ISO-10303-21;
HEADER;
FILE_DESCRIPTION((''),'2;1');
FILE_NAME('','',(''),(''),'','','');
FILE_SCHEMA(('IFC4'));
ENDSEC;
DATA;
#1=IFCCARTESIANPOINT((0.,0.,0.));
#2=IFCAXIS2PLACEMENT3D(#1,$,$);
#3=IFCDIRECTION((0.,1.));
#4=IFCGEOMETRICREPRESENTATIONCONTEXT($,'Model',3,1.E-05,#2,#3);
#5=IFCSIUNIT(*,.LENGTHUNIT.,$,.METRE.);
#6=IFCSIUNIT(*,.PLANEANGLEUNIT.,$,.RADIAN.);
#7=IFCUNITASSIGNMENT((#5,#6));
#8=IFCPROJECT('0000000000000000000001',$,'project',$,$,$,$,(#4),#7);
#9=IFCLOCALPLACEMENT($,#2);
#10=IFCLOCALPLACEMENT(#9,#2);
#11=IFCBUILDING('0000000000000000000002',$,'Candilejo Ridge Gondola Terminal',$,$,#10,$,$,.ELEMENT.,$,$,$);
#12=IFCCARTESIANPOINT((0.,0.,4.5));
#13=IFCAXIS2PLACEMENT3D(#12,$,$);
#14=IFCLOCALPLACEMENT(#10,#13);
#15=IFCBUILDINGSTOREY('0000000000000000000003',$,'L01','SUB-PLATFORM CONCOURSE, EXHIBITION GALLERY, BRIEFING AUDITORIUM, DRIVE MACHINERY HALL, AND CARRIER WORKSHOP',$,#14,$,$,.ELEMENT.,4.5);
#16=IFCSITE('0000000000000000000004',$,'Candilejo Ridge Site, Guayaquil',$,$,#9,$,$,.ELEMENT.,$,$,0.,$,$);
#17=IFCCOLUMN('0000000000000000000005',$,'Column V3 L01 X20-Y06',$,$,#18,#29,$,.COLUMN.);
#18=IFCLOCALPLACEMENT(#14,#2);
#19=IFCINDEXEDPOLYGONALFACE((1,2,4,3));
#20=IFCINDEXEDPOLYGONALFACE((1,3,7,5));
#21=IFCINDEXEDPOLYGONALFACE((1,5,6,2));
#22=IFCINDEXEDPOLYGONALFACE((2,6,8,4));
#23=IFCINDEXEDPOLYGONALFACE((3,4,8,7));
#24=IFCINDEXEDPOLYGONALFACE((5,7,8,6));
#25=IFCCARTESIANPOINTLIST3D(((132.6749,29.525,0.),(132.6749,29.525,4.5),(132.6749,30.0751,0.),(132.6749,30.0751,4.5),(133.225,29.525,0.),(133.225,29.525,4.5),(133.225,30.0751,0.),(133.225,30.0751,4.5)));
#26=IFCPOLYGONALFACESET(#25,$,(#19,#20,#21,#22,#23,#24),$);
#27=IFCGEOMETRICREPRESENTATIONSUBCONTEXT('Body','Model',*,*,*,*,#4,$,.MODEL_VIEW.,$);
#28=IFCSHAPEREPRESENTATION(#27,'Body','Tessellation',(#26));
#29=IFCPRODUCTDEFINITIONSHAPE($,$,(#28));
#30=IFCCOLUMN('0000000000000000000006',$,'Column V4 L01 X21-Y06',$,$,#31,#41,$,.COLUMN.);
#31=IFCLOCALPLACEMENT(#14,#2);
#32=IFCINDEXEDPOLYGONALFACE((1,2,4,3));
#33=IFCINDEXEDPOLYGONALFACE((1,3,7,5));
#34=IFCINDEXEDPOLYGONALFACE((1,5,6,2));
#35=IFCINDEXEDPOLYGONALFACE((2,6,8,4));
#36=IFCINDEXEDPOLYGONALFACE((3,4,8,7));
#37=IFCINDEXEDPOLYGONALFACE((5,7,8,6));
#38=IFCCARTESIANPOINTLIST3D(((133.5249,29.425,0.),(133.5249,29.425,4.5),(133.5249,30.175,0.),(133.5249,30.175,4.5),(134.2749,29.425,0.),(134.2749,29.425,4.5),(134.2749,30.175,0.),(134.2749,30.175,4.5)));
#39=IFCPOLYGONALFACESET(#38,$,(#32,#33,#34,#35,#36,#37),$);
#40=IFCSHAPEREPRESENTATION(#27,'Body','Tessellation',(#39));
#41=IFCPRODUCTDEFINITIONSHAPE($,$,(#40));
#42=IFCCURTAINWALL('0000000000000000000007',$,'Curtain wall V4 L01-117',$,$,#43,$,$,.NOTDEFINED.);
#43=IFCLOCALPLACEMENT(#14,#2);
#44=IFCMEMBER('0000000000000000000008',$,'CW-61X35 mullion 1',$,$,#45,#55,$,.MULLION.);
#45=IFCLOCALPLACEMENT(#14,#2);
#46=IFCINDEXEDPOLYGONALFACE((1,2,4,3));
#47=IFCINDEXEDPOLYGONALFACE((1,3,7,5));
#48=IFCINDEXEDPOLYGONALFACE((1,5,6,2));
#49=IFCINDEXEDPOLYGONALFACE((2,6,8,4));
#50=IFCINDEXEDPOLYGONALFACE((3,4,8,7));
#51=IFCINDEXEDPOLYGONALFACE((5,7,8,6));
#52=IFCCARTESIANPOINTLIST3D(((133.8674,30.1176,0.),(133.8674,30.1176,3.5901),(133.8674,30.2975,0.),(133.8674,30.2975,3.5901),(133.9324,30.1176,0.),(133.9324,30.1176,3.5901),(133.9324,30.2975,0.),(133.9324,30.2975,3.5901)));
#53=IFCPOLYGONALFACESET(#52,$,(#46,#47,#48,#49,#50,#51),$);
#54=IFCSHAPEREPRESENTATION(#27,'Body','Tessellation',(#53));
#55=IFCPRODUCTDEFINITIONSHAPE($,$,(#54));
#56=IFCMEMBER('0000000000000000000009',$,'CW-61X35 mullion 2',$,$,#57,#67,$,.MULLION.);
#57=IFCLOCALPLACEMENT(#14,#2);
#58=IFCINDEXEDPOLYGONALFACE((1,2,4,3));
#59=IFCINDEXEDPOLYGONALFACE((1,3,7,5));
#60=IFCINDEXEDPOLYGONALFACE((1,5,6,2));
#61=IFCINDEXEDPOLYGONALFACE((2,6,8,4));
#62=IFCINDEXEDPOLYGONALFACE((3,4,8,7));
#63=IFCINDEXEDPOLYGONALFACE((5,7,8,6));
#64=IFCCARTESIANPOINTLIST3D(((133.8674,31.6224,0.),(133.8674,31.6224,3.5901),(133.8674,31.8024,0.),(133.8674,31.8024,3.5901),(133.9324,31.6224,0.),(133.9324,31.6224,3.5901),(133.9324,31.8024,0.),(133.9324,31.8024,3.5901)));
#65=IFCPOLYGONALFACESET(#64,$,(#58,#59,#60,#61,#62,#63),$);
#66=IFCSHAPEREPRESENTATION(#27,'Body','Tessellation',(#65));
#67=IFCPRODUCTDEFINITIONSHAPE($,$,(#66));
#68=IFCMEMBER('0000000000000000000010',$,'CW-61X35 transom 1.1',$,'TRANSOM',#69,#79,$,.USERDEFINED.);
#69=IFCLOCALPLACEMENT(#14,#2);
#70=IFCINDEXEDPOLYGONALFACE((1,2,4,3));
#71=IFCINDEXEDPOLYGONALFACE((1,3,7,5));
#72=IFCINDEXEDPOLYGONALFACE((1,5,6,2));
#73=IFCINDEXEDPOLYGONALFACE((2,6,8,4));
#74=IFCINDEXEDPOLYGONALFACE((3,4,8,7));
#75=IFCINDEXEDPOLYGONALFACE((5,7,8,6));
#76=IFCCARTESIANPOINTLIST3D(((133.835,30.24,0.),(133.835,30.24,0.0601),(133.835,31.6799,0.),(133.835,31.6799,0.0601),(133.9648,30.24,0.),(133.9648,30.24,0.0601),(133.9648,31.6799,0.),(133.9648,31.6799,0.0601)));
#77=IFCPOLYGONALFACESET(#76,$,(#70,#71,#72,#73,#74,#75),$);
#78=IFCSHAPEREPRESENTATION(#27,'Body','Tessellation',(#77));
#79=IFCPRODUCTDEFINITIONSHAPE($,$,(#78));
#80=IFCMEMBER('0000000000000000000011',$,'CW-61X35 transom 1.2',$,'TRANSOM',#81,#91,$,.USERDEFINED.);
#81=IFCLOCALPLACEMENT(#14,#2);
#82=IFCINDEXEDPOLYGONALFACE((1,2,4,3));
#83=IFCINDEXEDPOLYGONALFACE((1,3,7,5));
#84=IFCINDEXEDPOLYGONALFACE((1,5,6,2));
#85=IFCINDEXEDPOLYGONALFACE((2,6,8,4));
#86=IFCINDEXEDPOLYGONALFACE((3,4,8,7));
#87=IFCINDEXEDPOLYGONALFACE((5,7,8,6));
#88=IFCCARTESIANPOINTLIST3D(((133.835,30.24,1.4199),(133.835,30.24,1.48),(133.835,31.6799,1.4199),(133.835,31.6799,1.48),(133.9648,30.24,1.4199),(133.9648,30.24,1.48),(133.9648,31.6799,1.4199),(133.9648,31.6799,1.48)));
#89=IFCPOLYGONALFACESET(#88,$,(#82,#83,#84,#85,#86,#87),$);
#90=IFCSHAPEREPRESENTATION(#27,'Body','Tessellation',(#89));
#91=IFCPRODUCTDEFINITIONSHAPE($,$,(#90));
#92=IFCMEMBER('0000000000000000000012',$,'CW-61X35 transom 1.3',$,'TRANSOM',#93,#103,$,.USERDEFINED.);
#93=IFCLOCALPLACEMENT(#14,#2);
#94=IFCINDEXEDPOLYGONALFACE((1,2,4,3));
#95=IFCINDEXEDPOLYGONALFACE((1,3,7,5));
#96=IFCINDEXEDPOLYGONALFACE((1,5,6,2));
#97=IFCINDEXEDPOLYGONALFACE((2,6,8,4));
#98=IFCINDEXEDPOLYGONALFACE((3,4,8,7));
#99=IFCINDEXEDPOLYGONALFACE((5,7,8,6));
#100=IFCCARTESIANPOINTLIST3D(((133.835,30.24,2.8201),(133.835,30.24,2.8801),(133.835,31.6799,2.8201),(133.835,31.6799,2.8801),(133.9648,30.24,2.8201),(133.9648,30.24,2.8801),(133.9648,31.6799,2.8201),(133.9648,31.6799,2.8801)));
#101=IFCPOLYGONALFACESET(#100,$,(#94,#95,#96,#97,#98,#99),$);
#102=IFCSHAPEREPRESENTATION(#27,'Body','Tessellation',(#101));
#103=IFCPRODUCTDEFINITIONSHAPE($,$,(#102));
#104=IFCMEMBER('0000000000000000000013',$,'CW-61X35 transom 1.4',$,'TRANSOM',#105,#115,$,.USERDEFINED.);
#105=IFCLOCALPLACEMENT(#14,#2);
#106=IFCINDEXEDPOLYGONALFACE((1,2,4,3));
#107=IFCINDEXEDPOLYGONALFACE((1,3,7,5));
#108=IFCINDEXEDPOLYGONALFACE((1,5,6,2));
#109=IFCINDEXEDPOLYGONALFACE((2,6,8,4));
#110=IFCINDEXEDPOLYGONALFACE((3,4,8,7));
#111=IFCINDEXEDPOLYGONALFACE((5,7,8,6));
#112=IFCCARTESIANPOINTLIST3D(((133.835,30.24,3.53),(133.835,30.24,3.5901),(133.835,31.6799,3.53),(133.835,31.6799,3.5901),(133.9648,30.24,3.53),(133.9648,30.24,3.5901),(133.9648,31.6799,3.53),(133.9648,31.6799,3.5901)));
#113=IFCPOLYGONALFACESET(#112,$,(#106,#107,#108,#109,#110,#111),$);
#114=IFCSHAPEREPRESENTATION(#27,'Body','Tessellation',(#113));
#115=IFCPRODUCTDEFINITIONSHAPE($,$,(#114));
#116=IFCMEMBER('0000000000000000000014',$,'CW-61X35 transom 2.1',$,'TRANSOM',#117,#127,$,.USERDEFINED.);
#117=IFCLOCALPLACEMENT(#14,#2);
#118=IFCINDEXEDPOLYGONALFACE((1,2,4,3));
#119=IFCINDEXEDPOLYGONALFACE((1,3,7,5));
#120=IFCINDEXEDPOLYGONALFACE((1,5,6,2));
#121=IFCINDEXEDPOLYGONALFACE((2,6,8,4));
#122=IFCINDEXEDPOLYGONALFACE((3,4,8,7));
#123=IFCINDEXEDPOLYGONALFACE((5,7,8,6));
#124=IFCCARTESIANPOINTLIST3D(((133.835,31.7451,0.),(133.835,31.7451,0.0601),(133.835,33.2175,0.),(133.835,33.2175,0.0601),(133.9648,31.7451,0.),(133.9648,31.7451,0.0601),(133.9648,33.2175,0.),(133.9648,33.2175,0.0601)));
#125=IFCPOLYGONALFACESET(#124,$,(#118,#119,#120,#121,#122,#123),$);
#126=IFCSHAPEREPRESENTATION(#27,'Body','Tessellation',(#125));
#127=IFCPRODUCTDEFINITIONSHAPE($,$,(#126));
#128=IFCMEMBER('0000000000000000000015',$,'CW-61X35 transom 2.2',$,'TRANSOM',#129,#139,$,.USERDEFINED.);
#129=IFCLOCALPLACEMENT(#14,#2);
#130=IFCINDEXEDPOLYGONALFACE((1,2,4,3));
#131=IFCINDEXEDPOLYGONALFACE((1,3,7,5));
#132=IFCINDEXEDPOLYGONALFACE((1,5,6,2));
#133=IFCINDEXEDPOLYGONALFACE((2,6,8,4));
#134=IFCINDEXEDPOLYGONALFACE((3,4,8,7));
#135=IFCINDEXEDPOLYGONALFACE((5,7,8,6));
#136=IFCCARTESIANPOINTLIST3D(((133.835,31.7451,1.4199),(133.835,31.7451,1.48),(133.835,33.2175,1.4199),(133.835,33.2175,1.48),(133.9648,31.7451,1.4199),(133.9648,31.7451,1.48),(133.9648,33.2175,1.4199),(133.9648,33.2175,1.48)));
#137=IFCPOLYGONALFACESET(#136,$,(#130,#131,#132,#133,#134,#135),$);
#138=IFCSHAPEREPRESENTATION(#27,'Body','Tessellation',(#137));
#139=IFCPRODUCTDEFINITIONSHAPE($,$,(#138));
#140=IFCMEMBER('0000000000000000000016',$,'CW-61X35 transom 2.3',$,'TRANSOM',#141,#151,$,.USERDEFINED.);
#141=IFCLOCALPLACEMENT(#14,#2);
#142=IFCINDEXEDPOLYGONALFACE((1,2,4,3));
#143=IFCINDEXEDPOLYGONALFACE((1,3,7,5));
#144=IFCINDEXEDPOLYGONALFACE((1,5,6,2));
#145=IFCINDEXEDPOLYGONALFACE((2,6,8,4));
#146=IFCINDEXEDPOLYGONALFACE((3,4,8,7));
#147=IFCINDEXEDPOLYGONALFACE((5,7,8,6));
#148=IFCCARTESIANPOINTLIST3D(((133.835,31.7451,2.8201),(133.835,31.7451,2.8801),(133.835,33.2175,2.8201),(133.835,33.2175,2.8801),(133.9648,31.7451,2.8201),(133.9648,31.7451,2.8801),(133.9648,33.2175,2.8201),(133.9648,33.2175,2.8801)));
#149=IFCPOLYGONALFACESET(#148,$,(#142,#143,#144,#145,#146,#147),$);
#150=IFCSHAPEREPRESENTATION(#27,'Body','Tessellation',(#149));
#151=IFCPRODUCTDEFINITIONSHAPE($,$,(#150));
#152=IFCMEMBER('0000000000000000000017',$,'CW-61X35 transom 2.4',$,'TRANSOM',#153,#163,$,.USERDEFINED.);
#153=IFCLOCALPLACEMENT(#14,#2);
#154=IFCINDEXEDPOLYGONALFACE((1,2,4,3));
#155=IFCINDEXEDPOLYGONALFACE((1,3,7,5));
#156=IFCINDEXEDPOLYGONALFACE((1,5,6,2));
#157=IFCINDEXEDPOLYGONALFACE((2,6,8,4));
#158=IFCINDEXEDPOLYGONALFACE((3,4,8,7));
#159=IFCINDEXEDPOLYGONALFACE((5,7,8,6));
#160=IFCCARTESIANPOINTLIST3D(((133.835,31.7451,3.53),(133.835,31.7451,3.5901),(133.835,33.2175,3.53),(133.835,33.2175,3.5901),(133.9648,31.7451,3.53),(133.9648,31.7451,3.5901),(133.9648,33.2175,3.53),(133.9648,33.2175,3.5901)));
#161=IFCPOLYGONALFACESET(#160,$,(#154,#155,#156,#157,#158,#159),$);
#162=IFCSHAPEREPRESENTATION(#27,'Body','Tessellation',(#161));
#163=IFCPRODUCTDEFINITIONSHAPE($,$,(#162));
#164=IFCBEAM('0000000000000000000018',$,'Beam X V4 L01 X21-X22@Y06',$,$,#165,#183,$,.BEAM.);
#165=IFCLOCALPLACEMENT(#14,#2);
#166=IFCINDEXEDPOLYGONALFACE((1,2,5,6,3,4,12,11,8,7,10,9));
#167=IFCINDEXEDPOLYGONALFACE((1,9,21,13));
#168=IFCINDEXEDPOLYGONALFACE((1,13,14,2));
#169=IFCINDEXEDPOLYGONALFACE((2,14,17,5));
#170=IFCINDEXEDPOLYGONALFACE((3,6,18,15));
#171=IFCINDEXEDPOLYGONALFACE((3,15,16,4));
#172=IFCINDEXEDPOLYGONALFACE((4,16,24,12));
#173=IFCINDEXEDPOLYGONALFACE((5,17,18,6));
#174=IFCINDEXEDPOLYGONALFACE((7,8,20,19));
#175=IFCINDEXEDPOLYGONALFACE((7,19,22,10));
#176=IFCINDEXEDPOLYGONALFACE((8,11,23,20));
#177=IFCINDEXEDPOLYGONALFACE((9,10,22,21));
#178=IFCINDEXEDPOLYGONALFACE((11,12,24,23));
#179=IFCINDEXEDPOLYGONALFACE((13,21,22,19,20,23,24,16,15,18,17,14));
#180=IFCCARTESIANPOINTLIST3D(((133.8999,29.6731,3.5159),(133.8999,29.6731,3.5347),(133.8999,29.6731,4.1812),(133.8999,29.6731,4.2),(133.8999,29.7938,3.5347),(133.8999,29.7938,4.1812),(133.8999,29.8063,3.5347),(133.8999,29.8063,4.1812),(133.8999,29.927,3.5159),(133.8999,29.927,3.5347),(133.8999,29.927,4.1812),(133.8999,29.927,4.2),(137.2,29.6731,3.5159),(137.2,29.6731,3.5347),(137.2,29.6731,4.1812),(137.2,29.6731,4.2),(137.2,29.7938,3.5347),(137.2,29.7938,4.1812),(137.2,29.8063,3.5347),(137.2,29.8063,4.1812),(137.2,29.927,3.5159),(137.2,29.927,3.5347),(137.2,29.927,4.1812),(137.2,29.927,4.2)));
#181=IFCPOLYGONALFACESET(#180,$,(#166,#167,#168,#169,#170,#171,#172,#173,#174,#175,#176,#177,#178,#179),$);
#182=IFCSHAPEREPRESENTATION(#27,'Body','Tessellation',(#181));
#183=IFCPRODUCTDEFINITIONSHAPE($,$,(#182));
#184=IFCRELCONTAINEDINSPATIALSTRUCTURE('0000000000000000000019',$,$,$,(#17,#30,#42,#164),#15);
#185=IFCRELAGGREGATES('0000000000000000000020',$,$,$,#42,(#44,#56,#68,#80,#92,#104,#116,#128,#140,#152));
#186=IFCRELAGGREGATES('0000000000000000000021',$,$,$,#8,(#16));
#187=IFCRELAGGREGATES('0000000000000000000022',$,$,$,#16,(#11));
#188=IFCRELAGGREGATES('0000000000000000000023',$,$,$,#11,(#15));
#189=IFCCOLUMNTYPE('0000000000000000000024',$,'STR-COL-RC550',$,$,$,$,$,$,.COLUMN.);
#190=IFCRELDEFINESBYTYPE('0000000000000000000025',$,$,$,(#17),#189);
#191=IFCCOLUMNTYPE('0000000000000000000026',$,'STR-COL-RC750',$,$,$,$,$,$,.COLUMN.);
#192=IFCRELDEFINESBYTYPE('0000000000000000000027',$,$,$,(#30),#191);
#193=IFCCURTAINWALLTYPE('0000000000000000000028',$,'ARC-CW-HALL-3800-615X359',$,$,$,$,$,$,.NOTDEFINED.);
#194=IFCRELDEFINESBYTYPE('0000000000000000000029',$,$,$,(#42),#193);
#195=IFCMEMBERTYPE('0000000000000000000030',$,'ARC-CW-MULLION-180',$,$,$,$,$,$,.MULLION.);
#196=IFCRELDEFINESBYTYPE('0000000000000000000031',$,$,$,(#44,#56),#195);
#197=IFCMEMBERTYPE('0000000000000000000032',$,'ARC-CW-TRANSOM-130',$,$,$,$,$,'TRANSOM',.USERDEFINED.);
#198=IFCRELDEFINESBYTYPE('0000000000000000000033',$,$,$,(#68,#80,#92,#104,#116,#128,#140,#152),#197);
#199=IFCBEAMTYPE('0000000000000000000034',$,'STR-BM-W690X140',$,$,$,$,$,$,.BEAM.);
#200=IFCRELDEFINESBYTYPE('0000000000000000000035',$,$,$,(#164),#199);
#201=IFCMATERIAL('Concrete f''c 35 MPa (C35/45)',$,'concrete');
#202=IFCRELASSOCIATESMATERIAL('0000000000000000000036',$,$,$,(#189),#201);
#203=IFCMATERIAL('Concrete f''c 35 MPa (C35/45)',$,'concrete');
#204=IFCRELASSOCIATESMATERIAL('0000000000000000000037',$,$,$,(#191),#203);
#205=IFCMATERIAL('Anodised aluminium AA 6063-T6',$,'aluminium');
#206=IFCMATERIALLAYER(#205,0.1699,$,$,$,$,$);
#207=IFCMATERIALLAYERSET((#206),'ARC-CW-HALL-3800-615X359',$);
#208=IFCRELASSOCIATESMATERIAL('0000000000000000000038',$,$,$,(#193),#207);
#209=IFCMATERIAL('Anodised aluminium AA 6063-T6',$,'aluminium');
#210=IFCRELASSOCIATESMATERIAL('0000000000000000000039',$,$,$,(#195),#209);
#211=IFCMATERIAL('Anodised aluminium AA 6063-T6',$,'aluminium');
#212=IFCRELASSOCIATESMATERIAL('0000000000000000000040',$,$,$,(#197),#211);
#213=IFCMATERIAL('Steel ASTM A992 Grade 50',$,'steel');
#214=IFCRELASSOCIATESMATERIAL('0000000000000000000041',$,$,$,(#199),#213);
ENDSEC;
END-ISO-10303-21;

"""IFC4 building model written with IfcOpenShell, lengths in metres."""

from ifc_helpers import new_model, si_unit, direction, frame, origin, origin_2d, place, context, subcontext, project, spatial, rectangle, i_section, extrude, material, layer, layer_set, material_profile, profile_set, type_object, element, aggregate, save


model = new_model("IFC4")

# Units and contexts
model_context = context("Model", 3, precision=1e-05, world=origin(), true_north=direction((0.0, 1.0)))
body_context = subcontext(model_context, "Body", "Model", "MODEL_VIEW")
ifc_project = project(units=[si_unit("LENGTHUNIT", "METRE"), si_unit("PLANEANGLEUNIT", "RADIAN")], contexts=[model_context])

# Site, building, storey
site_placement = place(None, origin())
site = spatial("IfcSite", under=ifc_project, at=site_placement, Name="Candilejo Ridge Site, Guayaquil", CompositionType="ELEMENT", RefElevation=0.0)
building_placement = place(site_placement, origin())
building = spatial("IfcBuilding", under=site, at=building_placement, Name="Candilejo Ridge Gondola Terminal", CompositionType="ELEMENT")
storey_placement = place(building_placement, frame((0.0, 0.0, 4.5)))
storey = spatial("IfcBuildingStorey", under=building, at=storey_placement, Name="L01", Description="SUB-PLATFORM CONCOURSE, EXHIBITION GALLERY, BRIEFING AUDITORIUM, DRIVE MACHINERY HALL, AND CARRIER WORKSHOP", CompositionType="ELEMENT", Elevation=4.5)

# Columns
ifc_material_1 = material(Name="Concrete f'c 35 MPa (C35/45)", Category="concrete")
ifc_material_profile_1 = material_profile(ifc_material_1, rectangle(XDim=0.55, YDim=0.55, at=origin_2d()))
ifc_profile_set_1 = profile_set([ifc_material_profile_1], Name="Concrete f'c 35 MPa (C35/45)")
column_type_1 = type_object("IfcColumnType", Name="STR-COL-RC550", PredefinedType="COLUMN", material=ifc_profile_set_1)
column_1_placement = place(storey_placement, frame((132.95, 29.8, 0.0), z_axis=(0.0, 0.0, 1.0), x_axis=(1.0, 0.0, 0.0)))
element("IfcColumn", 1, at=column_1_placement, inside=storey, type_object=column_type_1, Name="Column V3 L01 X20-Y06", PredefinedType="COLUMN", context=body_context, shape_type="SweptSolid", body=[
    extrude(rectangle(XDim=0.55, YDim=0.55, at=origin_2d()), origin(), (0.0, 0.0, 1.0), 4.5),
])
ifc_material_2 = material(Name="Concrete f'c 35 MPa (C35/45)", Category="concrete")
ifc_material_profile_2 = material_profile(ifc_material_2, rectangle(XDim=0.75, YDim=0.75, at=origin_2d()))
ifc_profile_set_2 = profile_set([ifc_material_profile_2], Name="Concrete f'c 35 MPa (C35/45)")
column_type_2 = type_object("IfcColumnType", Name="STR-COL-RC750", PredefinedType="COLUMN", material=ifc_profile_set_2)
column_2_placement = place(storey_placement, frame((133.8999, 29.8, 0.0), z_axis=(0.0, 0.0, 1.0), x_axis=(1.0, 0.0, 0.0)))
element("IfcColumn", 2, at=column_2_placement, inside=storey, type_object=column_type_2, Name="Column V4 L01 X21-Y06", PredefinedType="COLUMN", context=body_context, shape_type="SweptSolid", body=[
    extrude(rectangle(XDim=0.75, YDim=0.75, at=origin_2d()), origin(), (0.0, 0.0, 1.0), 4.5),
])

# Curtain wall, members
ifc_material_3 = material(Name="Anodised aluminium AA 6063-T6", Category="aluminium")
ifc_layer_1 = layer(ifc_material_3, 0.1699)
ifc_layer_set_1 = layer_set([ifc_layer_1], Name="ARC-CW-HALL-3800-615X359")
curtain_wall_type = type_object("IfcCurtainWallType", Name="ARC-CW-HALL-3800-615X359", PredefinedType="NOTDEFINED", material=ifc_layer_set_1)
curtain_wall_placement = place(storey_placement, origin())
curtain_wall = element("IfcCurtainWall", 3, at=curtain_wall_placement, inside=storey, type_object=curtain_wall_type, Name="Curtain wall V4 L01-117", PredefinedType="NOTDEFINED")
ifc_material_4 = material(Name="Anodised aluminium AA 6063-T6", Category="aluminium")
ifc_material_profile_3 = material_profile(ifc_material_4, rectangle(XDim=0.0649, YDim=0.1799, at=origin_2d()))
ifc_profile_set_3 = profile_set([ifc_material_profile_3], Name="Anodised aluminium AA 6063-T6")
member_type_1 = type_object("IfcMemberType", Name="ARC-CW-MULLION-180", PredefinedType="MULLION", material=ifc_profile_set_3)
member_1_placement = place(storey_placement, frame((133.8999, 30.2075, 0.0), z_axis=(0.0, 0.0, 1.0), x_axis=(-1.0, 0.0, 0.0)))
member_1 = element("IfcMember", 4, at=member_1_placement, type_object=member_type_1, Name="CW-61X35 mullion 1", PredefinedType="MULLION", context=body_context, shape_type="SweptSolid", body=[
    extrude(rectangle(XDim=0.0649, YDim=0.1799, at=origin_2d()), origin(), (0.0, 0.0, 1.0), 3.5901),
])
member_2_placement = place(storey_placement, frame((133.8999, 31.7124, 0.0), z_axis=(0.0, 0.0, 1.0), x_axis=(-1.0, 0.0, 0.0)))
member_2 = element("IfcMember", 5, at=member_2_placement, type_object=member_type_1, Name="CW-61X35 mullion 2", PredefinedType="MULLION", context=body_context, shape_type="SweptSolid", body=[
    extrude(rectangle(XDim=0.0649, YDim=0.1799, at=origin_2d()), origin(), (0.0, 0.0, 1.0), 3.5901),
])
ifc_material_5 = material(Name="Anodised aluminium AA 6063-T6", Category="aluminium")
ifc_material_profile_4 = material_profile(ifc_material_5, rectangle(XDim=0.1299, YDim=0.0601, at=origin_2d()))
ifc_profile_set_4 = profile_set([ifc_material_profile_4], Name="Anodised aluminium AA 6063-T6")
member_type_2 = type_object("IfcMemberType", Name="ARC-CW-TRANSOM-130", ElementType="TRANSOM", PredefinedType="USERDEFINED", material=ifc_profile_set_4)
member_3_placement = place(storey_placement, frame((133.8999, 30.24, 0.03), z_axis=(0.0, 1.0, 0.0), x_axis=(-1.0, 0.0, 0.0)))
member_3 = element("IfcMember", 6, at=member_3_placement, type_object=member_type_2, Name="CW-61X35 transom 1.1", ObjectType="TRANSOM", PredefinedType="USERDEFINED", context=body_context, shape_type="SweptSolid", body=[
    extrude(rectangle(XDim=0.1299, YDim=0.0601, at=origin_2d()), origin(), (0.0, 0.0, 1.0), 1.4399),
])
member_4_placement = place(storey_placement, frame((133.8999, 30.24, 1.45), z_axis=(0.0, 1.0, 0.0), x_axis=(-1.0, 0.0, 0.0)))
member_4 = element("IfcMember", 7, at=member_4_placement, type_object=member_type_2, Name="CW-61X35 transom 1.2", ObjectType="TRANSOM", PredefinedType="USERDEFINED", context=body_context, shape_type="SweptSolid", body=[
    extrude(rectangle(XDim=0.1299, YDim=0.0601, at=origin_2d()), origin(), (0.0, 0.0, 1.0), 1.4399),
])
member_5_placement = place(storey_placement, frame((133.8999, 30.24, 2.8501), z_axis=(0.0, 1.0, 0.0), x_axis=(-1.0, 0.0, 0.0)))
member_5 = element("IfcMember", 8, at=member_5_placement, type_object=member_type_2, Name="CW-61X35 transom 1.3", ObjectType="TRANSOM", PredefinedType="USERDEFINED", context=body_context, shape_type="SweptSolid", body=[
    extrude(rectangle(XDim=0.1299, YDim=0.0601, at=origin_2d()), origin(), (0.0, 0.0, 1.0), 1.4399),
])
member_6_placement = place(storey_placement, frame((133.8999, 30.24, 3.5601), z_axis=(0.0, 1.0, 0.0), x_axis=(-1.0, 0.0, 0.0)))
member_6 = element("IfcMember", 9, at=member_6_placement, type_object=member_type_2, Name="CW-61X35 transom 1.4", ObjectType="TRANSOM", PredefinedType="USERDEFINED", context=body_context, shape_type="SweptSolid", body=[
    extrude(rectangle(XDim=0.1299, YDim=0.0601, at=origin_2d()), origin(), (0.0, 0.0, 1.0), 1.4399),
])
member_7_placement = place(storey_placement, frame((133.8999, 31.7451, 0.03), z_axis=(0.0, 1.0, 0.0), x_axis=(-1.0, 0.0, 0.0)))
member_7 = element("IfcMember", 10, at=member_7_placement, type_object=member_type_2, Name="CW-61X35 transom 2.1", ObjectType="TRANSOM", PredefinedType="USERDEFINED", context=body_context, shape_type="SweptSolid", body=[
    extrude(rectangle(XDim=0.1299, YDim=0.0601, at=origin_2d()), origin(), (0.0, 0.0, 1.0), 1.4724),
])
member_8_placement = place(storey_placement, frame((133.8999, 31.7451, 1.45), z_axis=(0.0, 1.0, 0.0), x_axis=(-1.0, 0.0, 0.0)))
member_8 = element("IfcMember", 11, at=member_8_placement, type_object=member_type_2, Name="CW-61X35 transom 2.2", ObjectType="TRANSOM", PredefinedType="USERDEFINED", context=body_context, shape_type="SweptSolid", body=[
    extrude(rectangle(XDim=0.1299, YDim=0.0601, at=origin_2d()), origin(), (0.0, 0.0, 1.0), 1.4724),
])
member_9_placement = place(storey_placement, frame((133.8999, 31.7451, 2.8501), z_axis=(0.0, 1.0, 0.0), x_axis=(-1.0, 0.0, 0.0)))
member_9 = element("IfcMember", 12, at=member_9_placement, type_object=member_type_2, Name="CW-61X35 transom 2.3", ObjectType="TRANSOM", PredefinedType="USERDEFINED", context=body_context, shape_type="SweptSolid", body=[
    extrude(rectangle(XDim=0.1299, YDim=0.0601, at=origin_2d()), origin(), (0.0, 0.0, 1.0), 1.4724),
])
member_10_placement = place(storey_placement, frame((133.8999, 31.7451, 3.5601), z_axis=(0.0, 1.0, 0.0), x_axis=(-1.0, 0.0, 0.0)))
member_10 = element("IfcMember", 13, at=member_10_placement, type_object=member_type_2, Name="CW-61X35 transom 2.4", ObjectType="TRANSOM", PredefinedType="USERDEFINED", context=body_context, shape_type="SweptSolid", body=[
    extrude(rectangle(XDim=0.1299, YDim=0.0601, at=origin_2d()), origin(), (0.0, 0.0, 1.0), 1.4724),
])

# Beam
ifc_material_6 = material(Name="Steel ASTM A992 Grade 50", Category="steel")
ifc_material_profile_5 = material_profile(ifc_material_6, i_section(OverallWidth=0.2539, OverallDepth=0.6841, WebThickness=0.0125, FlangeThickness=0.0188, at=origin_2d()))
ifc_profile_set_5 = profile_set([ifc_material_profile_5], Name="Steel ASTM A992 Grade 50")
beam_type_1 = type_object("IfcBeamType", Name="STR-BM-W690X140", PredefinedType="BEAM", material=ifc_profile_set_5)
beam_1_placement = place(storey_placement, frame((133.8999, 29.8, 3.8579), z_axis=(1.0, 0.0, 0.0), x_axis=(0.0, 1.0, 0.0)))
element("IfcBeam", 14, at=beam_1_placement, inside=storey, type_object=beam_type_1, Name="Beam X V4 L01 X21-X22@Y06", PredefinedType="BEAM", context=body_context, shape_type="SweptSolid", body=[
    extrude(i_section(OverallWidth=0.2539, OverallDepth=0.6841, WebThickness=0.0125, FlangeThickness=0.0188, at=origin_2d()), origin(), (0.0, 0.0, 1.0), 3.3),
])

aggregate(curtain_wall, [member_1, member_2, member_3, member_4, member_5, member_6, member_7, member_8, member_9, member_10])

save(model, "model.ifc")
